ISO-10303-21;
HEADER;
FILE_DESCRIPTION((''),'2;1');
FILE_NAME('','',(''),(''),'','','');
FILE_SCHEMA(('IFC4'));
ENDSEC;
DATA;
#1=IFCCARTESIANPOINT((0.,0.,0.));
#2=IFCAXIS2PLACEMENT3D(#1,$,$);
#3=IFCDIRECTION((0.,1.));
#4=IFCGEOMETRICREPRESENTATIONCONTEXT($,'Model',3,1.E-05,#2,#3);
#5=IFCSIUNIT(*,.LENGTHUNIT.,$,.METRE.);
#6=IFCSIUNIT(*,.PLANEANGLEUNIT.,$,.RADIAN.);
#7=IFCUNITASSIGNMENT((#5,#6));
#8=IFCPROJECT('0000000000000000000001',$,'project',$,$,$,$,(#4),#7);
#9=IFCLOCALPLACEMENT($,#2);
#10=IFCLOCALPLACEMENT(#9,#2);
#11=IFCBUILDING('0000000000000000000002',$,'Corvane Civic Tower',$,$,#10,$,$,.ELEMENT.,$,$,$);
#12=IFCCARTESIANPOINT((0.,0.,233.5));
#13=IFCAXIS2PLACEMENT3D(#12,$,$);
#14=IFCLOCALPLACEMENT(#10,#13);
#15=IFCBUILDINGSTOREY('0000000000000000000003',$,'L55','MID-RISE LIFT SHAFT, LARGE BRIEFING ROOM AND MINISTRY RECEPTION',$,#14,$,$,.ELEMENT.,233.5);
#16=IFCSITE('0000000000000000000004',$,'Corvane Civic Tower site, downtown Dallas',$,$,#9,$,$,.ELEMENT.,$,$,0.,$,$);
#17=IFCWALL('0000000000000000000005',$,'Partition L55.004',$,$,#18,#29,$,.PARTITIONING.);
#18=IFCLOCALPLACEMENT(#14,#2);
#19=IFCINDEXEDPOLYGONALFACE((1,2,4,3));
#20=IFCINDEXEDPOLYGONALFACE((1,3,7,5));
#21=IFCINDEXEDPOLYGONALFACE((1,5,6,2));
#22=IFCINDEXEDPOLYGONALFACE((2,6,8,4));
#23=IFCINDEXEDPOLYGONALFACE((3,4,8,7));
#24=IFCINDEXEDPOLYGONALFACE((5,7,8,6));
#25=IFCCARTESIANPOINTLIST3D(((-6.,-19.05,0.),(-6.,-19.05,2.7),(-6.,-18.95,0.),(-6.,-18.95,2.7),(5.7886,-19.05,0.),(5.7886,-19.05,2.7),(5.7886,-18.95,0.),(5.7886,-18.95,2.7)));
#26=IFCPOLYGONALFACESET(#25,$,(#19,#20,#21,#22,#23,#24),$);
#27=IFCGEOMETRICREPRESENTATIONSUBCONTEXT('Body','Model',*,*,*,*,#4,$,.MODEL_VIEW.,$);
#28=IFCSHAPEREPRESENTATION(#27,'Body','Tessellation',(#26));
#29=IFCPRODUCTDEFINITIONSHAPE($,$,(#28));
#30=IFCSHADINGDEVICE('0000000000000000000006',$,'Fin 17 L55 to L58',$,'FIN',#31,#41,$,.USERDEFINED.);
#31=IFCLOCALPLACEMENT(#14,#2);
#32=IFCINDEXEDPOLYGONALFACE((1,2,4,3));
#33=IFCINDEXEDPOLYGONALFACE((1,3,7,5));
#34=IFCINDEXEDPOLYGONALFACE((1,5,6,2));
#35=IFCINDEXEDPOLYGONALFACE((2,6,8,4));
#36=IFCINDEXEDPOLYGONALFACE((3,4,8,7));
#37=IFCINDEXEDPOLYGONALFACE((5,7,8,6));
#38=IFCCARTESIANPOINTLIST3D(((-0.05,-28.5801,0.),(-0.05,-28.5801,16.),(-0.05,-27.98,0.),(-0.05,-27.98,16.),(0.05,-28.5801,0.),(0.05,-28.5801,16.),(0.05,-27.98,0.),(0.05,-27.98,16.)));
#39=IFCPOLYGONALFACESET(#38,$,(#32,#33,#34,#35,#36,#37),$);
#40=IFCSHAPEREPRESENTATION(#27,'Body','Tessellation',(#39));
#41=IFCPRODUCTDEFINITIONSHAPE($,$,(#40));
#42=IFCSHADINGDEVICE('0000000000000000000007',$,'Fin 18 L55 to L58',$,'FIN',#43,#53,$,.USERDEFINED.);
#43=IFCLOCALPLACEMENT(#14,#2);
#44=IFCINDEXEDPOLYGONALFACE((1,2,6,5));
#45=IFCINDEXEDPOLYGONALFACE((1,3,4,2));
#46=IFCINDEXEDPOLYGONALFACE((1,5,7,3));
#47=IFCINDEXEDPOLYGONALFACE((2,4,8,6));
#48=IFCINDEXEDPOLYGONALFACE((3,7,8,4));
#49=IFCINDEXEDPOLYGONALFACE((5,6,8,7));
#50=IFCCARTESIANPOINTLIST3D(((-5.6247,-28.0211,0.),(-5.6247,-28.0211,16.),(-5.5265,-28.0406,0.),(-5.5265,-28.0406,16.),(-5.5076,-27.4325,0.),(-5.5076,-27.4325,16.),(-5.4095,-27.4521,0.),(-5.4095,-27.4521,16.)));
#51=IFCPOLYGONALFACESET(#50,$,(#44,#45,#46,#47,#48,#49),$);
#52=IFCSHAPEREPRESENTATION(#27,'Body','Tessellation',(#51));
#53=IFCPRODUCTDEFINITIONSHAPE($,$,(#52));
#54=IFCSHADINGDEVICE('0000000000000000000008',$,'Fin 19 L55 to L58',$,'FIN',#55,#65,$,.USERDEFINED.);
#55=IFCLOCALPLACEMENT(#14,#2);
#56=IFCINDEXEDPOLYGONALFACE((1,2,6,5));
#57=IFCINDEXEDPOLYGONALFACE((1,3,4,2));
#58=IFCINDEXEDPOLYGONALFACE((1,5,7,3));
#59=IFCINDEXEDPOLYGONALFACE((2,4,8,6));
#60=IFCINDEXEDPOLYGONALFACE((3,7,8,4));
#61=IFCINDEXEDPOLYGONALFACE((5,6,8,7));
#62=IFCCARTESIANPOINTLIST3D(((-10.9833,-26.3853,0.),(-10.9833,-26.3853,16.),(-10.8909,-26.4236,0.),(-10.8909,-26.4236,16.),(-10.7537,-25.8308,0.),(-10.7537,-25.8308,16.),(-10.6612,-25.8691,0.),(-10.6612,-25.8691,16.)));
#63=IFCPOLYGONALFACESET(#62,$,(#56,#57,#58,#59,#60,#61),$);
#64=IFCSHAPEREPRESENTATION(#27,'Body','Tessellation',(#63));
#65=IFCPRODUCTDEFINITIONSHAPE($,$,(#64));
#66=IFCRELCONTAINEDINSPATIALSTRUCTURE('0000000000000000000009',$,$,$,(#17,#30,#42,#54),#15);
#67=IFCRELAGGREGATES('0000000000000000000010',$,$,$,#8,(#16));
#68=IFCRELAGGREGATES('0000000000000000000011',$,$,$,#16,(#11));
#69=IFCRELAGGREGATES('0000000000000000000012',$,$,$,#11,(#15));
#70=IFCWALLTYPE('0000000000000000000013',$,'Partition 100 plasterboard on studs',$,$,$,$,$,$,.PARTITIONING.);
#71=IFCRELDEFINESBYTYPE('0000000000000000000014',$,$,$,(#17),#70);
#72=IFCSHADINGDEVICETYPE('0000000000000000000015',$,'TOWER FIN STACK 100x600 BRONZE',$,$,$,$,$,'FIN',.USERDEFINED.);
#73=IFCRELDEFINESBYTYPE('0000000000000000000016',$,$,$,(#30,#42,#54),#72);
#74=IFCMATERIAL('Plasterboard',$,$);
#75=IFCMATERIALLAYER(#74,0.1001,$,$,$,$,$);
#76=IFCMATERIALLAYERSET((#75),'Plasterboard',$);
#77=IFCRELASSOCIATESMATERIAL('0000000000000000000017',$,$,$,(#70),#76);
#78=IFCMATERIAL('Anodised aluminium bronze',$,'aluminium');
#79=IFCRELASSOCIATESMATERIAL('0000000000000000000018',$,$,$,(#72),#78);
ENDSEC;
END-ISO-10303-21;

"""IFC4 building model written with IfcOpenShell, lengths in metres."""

from ifc_helpers import new_model, si_unit, direction, frame, frame_2d, origin, origin_2d, place, context, subcontext, project, spatial, rectangle, extrude, material, layer, layer_set, material_profile, profile_set, type_object, element, save


model = new_model("IFC4")

# Units and contexts
model_context = context("Model", 3, precision=1e-05, world=origin(), true_north=direction((0.0, 1.0)))
body_context = subcontext(model_context, "Body", "Model", "MODEL_VIEW")
ifc_project = project(units=[si_unit("LENGTHUNIT", "METRE"), si_unit("PLANEANGLEUNIT", "RADIAN")], contexts=[model_context])

# Site, building, storey
site_placement = place(None, origin())
site = spatial("IfcSite", under=ifc_project, at=site_placement, Name="Corvane Civic Tower site, downtown Dallas", CompositionType="ELEMENT", RefElevation=0.0)
building_placement = place(site_placement, origin())
building = spatial("IfcBuilding", under=site, at=building_placement, Name="Corvane Civic Tower", CompositionType="ELEMENT")
storey_placement = place(building_placement, frame((0.0, 0.0, 233.5)))
storey = spatial("IfcBuildingStorey", under=building, at=storey_placement, Name="L55", Description="MID-RISE LIFT SHAFT, LARGE BRIEFING ROOM AND MINISTRY RECEPTION", CompositionType="ELEMENT", Elevation=233.5)

# Wall
ifc_material_1 = material(Name="Plasterboard")
ifc_layer_1 = layer(ifc_material_1, 0.1001)
ifc_layer_set_1 = layer_set([ifc_layer_1], Name="Plasterboard")
wall_type = type_object("IfcWallType", Name="Partition 100 plasterboard on studs", PredefinedType="PARTITIONING", material=ifc_layer_set_1)
wall_placement = place(storey_placement, frame((-6.0, -19.0, 0.0), z_axis=(0.0, 0.0, 1.0), x_axis=(1.0, 0.0, 0.0)))
element("IfcWall", 1, at=wall_placement, inside=storey, type_object=wall_type, Name="Partition L55.004", PredefinedType="PARTITIONING", context=body_context, shape_type="SweptSolid", body=[
    extrude(rectangle(XDim=11.7886, YDim=0.1001, at=frame_2d((5.8943, 0.0))), origin(), (0.0, 0.0, 1.0), 2.7),
])

# Shading devices
ifc_material_2 = material(Name="Anodised aluminium bronze", Category="aluminium")
ifc_material_profile_1 = material_profile(ifc_material_2, rectangle(XDim=0.1001, YDim=0.6001, at=origin_2d()), Name="TOWER FIN STACK 100x600 BRONZE")
ifc_profile_set_1 = profile_set([ifc_material_profile_1], Name="Anodised aluminium bronze")
shading_device_type = type_object("IfcShadingDeviceType", Name="TOWER FIN STACK 100x600 BRONZE", ElementType="FIN", PredefinedType="USERDEFINED", material=ifc_profile_set_1)
for number, where, z_axis, x_axis, name in (
    (2, (0.0, -28.28, 0.0), (0.0, 0.0, 1.0), (-1.0, 0.0, 0.0), "Fin 17 L55 to L58"),
    (3, (-5.5171, -27.7366, 0.0), (0.0, 0.0, 1.0), (-0.980785, 0.19509, 0.0), "Fin 18 L55 to L58"),
    (4, (-10.8223, -26.1272, 0.0), (0.0, 0.0, 1.0), (-0.92388, 0.382683, 0.0), "Fin 19 L55 to L58"),
):
    element("IfcShadingDevice", number, at=place(storey_placement, frame(where, z_axis=z_axis, x_axis=x_axis)), inside=storey, type_object=shading_device_type, Name=name, ObjectType="FIN", PredefinedType="USERDEFINED", context=body_context, shape_type="SweptSolid", body=[
        extrude(rectangle(XDim=0.1001, YDim=0.6001, at=origin_2d()), origin(), (0.0, 0.0, 1.0), 16.0),
    ])

save(model, "model.ifc")
